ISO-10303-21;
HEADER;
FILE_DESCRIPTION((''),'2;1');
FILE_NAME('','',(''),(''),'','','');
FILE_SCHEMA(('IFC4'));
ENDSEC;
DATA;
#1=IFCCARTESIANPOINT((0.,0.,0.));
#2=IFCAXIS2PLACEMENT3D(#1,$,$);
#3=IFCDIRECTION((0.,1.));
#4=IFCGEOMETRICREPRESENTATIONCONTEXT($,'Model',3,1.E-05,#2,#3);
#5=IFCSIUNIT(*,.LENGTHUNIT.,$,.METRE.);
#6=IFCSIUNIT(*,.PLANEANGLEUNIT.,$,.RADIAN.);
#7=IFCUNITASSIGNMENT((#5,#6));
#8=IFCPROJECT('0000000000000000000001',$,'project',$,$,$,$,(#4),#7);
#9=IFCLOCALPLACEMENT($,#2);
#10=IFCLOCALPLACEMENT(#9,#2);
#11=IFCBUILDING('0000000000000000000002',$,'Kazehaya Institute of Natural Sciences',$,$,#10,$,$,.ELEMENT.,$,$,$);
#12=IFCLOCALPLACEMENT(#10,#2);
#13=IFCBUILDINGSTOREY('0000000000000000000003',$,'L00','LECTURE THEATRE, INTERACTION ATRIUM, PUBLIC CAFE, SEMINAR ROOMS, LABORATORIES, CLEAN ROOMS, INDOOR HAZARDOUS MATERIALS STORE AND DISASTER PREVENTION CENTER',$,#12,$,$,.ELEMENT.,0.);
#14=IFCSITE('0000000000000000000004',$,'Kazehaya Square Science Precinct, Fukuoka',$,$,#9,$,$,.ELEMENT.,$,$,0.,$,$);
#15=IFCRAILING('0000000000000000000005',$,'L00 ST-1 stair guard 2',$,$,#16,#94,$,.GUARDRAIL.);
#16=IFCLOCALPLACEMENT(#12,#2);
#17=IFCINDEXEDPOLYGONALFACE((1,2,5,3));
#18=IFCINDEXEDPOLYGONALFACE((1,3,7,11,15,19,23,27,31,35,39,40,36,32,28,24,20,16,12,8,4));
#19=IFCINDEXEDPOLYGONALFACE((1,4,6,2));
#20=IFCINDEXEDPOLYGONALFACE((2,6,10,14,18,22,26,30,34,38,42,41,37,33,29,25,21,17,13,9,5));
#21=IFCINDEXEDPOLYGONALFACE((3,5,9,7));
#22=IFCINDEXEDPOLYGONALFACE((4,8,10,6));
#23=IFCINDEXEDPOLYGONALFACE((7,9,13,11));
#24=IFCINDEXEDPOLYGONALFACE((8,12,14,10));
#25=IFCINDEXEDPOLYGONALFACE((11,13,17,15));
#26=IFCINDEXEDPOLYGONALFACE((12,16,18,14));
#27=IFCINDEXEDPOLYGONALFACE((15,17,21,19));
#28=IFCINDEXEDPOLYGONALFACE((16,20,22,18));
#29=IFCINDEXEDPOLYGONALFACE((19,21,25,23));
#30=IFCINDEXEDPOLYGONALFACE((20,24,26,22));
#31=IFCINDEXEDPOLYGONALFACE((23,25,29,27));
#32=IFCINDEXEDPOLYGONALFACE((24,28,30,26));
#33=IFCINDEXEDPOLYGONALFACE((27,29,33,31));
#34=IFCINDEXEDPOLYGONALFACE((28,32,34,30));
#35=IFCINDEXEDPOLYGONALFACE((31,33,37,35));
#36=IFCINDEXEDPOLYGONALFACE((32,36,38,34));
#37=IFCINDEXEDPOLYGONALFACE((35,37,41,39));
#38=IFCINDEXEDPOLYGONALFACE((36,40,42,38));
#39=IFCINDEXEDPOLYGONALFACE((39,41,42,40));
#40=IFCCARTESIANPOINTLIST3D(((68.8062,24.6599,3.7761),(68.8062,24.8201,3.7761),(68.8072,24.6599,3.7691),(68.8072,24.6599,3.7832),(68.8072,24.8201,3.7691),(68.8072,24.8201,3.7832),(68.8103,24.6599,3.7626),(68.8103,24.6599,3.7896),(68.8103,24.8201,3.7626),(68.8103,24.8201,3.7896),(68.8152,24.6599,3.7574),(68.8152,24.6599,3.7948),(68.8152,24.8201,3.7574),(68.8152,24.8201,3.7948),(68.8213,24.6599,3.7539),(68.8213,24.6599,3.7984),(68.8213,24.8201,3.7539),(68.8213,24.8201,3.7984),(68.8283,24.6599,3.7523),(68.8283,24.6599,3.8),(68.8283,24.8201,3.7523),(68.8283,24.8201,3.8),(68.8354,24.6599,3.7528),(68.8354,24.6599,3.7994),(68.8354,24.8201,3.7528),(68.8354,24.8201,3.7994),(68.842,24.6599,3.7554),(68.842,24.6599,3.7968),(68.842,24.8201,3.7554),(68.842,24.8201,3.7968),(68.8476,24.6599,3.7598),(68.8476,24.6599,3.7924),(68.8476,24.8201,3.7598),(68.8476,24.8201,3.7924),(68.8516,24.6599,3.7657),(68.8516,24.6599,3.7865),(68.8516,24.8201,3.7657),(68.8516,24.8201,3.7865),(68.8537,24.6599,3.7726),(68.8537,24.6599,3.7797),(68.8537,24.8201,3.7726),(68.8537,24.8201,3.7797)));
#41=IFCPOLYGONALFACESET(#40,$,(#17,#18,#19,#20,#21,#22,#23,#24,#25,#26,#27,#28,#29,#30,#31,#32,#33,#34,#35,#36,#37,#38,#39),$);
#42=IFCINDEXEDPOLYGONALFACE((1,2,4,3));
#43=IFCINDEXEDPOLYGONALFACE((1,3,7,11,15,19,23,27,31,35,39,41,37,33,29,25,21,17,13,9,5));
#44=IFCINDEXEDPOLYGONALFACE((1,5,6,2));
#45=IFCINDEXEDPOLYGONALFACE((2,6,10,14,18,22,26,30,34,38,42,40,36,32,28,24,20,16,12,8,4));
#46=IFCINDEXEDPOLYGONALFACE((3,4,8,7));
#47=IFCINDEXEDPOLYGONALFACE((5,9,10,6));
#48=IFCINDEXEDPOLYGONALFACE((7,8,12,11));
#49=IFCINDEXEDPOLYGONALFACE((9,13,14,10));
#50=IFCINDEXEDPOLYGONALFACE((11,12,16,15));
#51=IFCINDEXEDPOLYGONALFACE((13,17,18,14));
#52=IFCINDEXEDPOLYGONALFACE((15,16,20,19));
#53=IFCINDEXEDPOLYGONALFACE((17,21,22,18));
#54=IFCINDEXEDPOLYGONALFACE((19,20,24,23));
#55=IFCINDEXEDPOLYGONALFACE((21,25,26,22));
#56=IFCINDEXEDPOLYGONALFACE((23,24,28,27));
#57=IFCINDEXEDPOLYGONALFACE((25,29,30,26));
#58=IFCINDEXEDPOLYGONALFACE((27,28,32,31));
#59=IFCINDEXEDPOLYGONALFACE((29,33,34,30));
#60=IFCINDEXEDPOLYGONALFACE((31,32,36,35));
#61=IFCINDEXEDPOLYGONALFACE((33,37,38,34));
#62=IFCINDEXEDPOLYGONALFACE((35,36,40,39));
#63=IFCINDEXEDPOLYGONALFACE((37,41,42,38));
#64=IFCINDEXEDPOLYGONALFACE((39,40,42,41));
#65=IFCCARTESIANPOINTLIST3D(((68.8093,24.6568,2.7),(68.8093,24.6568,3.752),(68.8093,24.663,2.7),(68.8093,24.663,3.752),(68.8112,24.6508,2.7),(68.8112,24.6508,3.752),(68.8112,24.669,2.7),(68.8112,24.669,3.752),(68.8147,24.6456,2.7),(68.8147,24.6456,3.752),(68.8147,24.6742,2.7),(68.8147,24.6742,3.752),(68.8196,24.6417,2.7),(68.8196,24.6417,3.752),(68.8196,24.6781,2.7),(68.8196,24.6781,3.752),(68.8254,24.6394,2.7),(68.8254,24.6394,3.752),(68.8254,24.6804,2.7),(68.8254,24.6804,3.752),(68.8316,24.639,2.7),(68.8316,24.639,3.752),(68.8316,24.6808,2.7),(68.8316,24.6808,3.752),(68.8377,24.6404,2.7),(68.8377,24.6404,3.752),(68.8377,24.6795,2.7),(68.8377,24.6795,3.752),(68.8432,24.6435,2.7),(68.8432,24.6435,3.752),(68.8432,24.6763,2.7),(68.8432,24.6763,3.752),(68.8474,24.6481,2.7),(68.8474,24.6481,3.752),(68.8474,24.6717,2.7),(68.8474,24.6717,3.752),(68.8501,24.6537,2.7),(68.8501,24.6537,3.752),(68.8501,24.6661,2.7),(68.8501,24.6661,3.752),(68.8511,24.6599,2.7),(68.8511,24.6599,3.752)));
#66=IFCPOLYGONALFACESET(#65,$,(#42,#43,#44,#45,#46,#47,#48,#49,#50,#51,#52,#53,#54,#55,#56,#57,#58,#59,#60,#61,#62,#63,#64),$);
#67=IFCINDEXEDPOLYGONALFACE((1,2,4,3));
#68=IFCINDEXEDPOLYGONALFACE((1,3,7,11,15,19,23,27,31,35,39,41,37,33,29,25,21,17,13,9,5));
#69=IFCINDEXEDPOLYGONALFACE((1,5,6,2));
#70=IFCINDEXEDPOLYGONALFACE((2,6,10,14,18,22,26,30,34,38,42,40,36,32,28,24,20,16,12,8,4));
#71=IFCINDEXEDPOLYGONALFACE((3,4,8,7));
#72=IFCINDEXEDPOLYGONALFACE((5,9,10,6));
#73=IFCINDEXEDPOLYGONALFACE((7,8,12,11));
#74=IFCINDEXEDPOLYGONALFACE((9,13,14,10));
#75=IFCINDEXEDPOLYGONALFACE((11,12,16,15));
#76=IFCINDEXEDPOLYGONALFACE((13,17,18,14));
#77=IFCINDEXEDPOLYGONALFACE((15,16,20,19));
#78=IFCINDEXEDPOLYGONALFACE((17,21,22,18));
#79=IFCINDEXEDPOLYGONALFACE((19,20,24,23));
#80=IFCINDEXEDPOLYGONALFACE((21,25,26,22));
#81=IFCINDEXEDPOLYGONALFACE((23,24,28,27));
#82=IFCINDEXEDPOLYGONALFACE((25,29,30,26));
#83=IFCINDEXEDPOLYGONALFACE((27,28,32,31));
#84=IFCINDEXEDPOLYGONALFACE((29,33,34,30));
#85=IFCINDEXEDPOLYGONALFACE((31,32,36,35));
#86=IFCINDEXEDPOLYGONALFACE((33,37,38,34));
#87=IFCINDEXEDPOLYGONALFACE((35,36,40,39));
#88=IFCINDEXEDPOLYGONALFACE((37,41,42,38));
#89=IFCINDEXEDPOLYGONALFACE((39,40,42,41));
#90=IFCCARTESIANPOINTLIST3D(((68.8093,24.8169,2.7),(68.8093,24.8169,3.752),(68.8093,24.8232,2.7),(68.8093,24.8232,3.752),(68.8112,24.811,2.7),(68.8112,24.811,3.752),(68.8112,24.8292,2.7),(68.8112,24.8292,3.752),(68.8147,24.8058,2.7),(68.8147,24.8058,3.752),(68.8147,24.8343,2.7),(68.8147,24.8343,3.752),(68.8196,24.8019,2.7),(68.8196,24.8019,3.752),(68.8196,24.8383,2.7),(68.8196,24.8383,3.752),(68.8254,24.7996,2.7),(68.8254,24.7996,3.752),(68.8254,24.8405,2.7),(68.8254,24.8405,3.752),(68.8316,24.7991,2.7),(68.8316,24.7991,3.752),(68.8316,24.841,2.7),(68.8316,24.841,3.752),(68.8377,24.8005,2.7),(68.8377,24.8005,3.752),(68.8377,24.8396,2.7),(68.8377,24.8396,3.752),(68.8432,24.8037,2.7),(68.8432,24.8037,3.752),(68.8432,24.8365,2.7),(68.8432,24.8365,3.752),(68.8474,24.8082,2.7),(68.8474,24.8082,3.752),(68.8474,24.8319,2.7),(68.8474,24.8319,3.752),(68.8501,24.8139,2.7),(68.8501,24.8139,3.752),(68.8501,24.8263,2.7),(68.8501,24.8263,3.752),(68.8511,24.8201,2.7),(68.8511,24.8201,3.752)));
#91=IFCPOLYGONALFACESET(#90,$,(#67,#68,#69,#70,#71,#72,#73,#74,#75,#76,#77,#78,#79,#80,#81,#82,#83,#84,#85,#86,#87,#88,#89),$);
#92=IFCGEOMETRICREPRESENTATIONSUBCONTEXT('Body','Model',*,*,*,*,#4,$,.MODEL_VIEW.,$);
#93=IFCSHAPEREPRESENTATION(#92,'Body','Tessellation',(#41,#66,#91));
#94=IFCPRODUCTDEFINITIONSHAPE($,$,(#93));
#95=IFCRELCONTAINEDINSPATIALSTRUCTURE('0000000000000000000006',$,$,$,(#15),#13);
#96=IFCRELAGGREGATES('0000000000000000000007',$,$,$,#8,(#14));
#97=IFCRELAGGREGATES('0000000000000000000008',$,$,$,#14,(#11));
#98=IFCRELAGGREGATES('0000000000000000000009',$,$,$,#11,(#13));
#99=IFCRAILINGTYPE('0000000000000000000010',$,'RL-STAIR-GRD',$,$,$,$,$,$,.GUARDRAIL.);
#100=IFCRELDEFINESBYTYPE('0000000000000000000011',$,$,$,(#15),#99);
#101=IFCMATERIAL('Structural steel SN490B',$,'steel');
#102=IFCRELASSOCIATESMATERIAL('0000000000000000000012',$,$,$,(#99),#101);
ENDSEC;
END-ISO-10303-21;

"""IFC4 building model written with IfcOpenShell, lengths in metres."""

from ifc_helpers import new_model, si_unit, direction, frame, origin, origin_2d, place, context, subcontext, project, spatial, circle, extrude, material, type_object, element, save


model = new_model("IFC4")

# Units and contexts
model_context = context("Model", 3, precision=1e-05, world=origin(), true_north=direction((0.0, 1.0)))
body_context = subcontext(model_context, "Body", "Model", "MODEL_VIEW")
ifc_project = project(units=[si_unit("LENGTHUNIT", "METRE"), si_unit("PLANEANGLEUNIT", "RADIAN")], contexts=[model_context])

# Site, building, storey
site_placement = place(None, origin())
site = spatial("IfcSite", under=ifc_project, at=site_placement, Name="Kazehaya Square Science Precinct, Fukuoka", CompositionType="ELEMENT", RefElevation=0.0)
building_placement = place(site_placement, origin())
building = spatial("IfcBuilding", under=site, at=building_placement, Name="Kazehaya Institute of Natural Sciences", CompositionType="ELEMENT")
storey_placement = place(building_placement, origin())
storey = spatial("IfcBuildingStorey", under=building, at=storey_placement, Name="L00", Description="LECTURE THEATRE, INTERACTION ATRIUM, PUBLIC CAFE, SEMINAR ROOMS, LABORATORIES, CLEAN ROOMS, INDOOR HAZARDOUS MATERIALS STORE AND DISASTER PREVENTION CENTER", CompositionType="ELEMENT", Elevation=0.0)

# Railing
ifc_material_1 = material(Name="Structural steel SN490B", Category="steel")
railing_type_1 = type_object("IfcRailingType", Name="RL-STAIR-GRD", PredefinedType="GUARDRAIL", material=ifc_material_1)
railing_1_placement = place(storey_placement, frame((68.8301, 24.6599, 2.7)))
element("IfcRailing", 1, at=railing_1_placement, inside=storey, type_object=railing_type_1, Name="L00 ST-1 stair guard 2", PredefinedType="GUARDRAIL", context=body_context, shape_type="SweptSolid", body=[
    extrude(circle(Radius=0.0239, at=origin_2d()), frame((0.0, 0.0, 1.0762), z_axis=(0.0, 1.0, 0.0), x_axis=(-1.0, 0.0, 0.0)), (0.0, 0.0, 1.0), 0.1602),
    extrude(circle(Radius=0.021, at=origin_2d()), origin(), (0.0, 0.0, 1.0), 1.052),
    extrude(circle(Radius=0.021, at=origin_2d()), frame((0.0, 0.1602, 0.0)), (0.0, 0.0, 1.0), 1.052),
])

save(model, "model.ifc")
